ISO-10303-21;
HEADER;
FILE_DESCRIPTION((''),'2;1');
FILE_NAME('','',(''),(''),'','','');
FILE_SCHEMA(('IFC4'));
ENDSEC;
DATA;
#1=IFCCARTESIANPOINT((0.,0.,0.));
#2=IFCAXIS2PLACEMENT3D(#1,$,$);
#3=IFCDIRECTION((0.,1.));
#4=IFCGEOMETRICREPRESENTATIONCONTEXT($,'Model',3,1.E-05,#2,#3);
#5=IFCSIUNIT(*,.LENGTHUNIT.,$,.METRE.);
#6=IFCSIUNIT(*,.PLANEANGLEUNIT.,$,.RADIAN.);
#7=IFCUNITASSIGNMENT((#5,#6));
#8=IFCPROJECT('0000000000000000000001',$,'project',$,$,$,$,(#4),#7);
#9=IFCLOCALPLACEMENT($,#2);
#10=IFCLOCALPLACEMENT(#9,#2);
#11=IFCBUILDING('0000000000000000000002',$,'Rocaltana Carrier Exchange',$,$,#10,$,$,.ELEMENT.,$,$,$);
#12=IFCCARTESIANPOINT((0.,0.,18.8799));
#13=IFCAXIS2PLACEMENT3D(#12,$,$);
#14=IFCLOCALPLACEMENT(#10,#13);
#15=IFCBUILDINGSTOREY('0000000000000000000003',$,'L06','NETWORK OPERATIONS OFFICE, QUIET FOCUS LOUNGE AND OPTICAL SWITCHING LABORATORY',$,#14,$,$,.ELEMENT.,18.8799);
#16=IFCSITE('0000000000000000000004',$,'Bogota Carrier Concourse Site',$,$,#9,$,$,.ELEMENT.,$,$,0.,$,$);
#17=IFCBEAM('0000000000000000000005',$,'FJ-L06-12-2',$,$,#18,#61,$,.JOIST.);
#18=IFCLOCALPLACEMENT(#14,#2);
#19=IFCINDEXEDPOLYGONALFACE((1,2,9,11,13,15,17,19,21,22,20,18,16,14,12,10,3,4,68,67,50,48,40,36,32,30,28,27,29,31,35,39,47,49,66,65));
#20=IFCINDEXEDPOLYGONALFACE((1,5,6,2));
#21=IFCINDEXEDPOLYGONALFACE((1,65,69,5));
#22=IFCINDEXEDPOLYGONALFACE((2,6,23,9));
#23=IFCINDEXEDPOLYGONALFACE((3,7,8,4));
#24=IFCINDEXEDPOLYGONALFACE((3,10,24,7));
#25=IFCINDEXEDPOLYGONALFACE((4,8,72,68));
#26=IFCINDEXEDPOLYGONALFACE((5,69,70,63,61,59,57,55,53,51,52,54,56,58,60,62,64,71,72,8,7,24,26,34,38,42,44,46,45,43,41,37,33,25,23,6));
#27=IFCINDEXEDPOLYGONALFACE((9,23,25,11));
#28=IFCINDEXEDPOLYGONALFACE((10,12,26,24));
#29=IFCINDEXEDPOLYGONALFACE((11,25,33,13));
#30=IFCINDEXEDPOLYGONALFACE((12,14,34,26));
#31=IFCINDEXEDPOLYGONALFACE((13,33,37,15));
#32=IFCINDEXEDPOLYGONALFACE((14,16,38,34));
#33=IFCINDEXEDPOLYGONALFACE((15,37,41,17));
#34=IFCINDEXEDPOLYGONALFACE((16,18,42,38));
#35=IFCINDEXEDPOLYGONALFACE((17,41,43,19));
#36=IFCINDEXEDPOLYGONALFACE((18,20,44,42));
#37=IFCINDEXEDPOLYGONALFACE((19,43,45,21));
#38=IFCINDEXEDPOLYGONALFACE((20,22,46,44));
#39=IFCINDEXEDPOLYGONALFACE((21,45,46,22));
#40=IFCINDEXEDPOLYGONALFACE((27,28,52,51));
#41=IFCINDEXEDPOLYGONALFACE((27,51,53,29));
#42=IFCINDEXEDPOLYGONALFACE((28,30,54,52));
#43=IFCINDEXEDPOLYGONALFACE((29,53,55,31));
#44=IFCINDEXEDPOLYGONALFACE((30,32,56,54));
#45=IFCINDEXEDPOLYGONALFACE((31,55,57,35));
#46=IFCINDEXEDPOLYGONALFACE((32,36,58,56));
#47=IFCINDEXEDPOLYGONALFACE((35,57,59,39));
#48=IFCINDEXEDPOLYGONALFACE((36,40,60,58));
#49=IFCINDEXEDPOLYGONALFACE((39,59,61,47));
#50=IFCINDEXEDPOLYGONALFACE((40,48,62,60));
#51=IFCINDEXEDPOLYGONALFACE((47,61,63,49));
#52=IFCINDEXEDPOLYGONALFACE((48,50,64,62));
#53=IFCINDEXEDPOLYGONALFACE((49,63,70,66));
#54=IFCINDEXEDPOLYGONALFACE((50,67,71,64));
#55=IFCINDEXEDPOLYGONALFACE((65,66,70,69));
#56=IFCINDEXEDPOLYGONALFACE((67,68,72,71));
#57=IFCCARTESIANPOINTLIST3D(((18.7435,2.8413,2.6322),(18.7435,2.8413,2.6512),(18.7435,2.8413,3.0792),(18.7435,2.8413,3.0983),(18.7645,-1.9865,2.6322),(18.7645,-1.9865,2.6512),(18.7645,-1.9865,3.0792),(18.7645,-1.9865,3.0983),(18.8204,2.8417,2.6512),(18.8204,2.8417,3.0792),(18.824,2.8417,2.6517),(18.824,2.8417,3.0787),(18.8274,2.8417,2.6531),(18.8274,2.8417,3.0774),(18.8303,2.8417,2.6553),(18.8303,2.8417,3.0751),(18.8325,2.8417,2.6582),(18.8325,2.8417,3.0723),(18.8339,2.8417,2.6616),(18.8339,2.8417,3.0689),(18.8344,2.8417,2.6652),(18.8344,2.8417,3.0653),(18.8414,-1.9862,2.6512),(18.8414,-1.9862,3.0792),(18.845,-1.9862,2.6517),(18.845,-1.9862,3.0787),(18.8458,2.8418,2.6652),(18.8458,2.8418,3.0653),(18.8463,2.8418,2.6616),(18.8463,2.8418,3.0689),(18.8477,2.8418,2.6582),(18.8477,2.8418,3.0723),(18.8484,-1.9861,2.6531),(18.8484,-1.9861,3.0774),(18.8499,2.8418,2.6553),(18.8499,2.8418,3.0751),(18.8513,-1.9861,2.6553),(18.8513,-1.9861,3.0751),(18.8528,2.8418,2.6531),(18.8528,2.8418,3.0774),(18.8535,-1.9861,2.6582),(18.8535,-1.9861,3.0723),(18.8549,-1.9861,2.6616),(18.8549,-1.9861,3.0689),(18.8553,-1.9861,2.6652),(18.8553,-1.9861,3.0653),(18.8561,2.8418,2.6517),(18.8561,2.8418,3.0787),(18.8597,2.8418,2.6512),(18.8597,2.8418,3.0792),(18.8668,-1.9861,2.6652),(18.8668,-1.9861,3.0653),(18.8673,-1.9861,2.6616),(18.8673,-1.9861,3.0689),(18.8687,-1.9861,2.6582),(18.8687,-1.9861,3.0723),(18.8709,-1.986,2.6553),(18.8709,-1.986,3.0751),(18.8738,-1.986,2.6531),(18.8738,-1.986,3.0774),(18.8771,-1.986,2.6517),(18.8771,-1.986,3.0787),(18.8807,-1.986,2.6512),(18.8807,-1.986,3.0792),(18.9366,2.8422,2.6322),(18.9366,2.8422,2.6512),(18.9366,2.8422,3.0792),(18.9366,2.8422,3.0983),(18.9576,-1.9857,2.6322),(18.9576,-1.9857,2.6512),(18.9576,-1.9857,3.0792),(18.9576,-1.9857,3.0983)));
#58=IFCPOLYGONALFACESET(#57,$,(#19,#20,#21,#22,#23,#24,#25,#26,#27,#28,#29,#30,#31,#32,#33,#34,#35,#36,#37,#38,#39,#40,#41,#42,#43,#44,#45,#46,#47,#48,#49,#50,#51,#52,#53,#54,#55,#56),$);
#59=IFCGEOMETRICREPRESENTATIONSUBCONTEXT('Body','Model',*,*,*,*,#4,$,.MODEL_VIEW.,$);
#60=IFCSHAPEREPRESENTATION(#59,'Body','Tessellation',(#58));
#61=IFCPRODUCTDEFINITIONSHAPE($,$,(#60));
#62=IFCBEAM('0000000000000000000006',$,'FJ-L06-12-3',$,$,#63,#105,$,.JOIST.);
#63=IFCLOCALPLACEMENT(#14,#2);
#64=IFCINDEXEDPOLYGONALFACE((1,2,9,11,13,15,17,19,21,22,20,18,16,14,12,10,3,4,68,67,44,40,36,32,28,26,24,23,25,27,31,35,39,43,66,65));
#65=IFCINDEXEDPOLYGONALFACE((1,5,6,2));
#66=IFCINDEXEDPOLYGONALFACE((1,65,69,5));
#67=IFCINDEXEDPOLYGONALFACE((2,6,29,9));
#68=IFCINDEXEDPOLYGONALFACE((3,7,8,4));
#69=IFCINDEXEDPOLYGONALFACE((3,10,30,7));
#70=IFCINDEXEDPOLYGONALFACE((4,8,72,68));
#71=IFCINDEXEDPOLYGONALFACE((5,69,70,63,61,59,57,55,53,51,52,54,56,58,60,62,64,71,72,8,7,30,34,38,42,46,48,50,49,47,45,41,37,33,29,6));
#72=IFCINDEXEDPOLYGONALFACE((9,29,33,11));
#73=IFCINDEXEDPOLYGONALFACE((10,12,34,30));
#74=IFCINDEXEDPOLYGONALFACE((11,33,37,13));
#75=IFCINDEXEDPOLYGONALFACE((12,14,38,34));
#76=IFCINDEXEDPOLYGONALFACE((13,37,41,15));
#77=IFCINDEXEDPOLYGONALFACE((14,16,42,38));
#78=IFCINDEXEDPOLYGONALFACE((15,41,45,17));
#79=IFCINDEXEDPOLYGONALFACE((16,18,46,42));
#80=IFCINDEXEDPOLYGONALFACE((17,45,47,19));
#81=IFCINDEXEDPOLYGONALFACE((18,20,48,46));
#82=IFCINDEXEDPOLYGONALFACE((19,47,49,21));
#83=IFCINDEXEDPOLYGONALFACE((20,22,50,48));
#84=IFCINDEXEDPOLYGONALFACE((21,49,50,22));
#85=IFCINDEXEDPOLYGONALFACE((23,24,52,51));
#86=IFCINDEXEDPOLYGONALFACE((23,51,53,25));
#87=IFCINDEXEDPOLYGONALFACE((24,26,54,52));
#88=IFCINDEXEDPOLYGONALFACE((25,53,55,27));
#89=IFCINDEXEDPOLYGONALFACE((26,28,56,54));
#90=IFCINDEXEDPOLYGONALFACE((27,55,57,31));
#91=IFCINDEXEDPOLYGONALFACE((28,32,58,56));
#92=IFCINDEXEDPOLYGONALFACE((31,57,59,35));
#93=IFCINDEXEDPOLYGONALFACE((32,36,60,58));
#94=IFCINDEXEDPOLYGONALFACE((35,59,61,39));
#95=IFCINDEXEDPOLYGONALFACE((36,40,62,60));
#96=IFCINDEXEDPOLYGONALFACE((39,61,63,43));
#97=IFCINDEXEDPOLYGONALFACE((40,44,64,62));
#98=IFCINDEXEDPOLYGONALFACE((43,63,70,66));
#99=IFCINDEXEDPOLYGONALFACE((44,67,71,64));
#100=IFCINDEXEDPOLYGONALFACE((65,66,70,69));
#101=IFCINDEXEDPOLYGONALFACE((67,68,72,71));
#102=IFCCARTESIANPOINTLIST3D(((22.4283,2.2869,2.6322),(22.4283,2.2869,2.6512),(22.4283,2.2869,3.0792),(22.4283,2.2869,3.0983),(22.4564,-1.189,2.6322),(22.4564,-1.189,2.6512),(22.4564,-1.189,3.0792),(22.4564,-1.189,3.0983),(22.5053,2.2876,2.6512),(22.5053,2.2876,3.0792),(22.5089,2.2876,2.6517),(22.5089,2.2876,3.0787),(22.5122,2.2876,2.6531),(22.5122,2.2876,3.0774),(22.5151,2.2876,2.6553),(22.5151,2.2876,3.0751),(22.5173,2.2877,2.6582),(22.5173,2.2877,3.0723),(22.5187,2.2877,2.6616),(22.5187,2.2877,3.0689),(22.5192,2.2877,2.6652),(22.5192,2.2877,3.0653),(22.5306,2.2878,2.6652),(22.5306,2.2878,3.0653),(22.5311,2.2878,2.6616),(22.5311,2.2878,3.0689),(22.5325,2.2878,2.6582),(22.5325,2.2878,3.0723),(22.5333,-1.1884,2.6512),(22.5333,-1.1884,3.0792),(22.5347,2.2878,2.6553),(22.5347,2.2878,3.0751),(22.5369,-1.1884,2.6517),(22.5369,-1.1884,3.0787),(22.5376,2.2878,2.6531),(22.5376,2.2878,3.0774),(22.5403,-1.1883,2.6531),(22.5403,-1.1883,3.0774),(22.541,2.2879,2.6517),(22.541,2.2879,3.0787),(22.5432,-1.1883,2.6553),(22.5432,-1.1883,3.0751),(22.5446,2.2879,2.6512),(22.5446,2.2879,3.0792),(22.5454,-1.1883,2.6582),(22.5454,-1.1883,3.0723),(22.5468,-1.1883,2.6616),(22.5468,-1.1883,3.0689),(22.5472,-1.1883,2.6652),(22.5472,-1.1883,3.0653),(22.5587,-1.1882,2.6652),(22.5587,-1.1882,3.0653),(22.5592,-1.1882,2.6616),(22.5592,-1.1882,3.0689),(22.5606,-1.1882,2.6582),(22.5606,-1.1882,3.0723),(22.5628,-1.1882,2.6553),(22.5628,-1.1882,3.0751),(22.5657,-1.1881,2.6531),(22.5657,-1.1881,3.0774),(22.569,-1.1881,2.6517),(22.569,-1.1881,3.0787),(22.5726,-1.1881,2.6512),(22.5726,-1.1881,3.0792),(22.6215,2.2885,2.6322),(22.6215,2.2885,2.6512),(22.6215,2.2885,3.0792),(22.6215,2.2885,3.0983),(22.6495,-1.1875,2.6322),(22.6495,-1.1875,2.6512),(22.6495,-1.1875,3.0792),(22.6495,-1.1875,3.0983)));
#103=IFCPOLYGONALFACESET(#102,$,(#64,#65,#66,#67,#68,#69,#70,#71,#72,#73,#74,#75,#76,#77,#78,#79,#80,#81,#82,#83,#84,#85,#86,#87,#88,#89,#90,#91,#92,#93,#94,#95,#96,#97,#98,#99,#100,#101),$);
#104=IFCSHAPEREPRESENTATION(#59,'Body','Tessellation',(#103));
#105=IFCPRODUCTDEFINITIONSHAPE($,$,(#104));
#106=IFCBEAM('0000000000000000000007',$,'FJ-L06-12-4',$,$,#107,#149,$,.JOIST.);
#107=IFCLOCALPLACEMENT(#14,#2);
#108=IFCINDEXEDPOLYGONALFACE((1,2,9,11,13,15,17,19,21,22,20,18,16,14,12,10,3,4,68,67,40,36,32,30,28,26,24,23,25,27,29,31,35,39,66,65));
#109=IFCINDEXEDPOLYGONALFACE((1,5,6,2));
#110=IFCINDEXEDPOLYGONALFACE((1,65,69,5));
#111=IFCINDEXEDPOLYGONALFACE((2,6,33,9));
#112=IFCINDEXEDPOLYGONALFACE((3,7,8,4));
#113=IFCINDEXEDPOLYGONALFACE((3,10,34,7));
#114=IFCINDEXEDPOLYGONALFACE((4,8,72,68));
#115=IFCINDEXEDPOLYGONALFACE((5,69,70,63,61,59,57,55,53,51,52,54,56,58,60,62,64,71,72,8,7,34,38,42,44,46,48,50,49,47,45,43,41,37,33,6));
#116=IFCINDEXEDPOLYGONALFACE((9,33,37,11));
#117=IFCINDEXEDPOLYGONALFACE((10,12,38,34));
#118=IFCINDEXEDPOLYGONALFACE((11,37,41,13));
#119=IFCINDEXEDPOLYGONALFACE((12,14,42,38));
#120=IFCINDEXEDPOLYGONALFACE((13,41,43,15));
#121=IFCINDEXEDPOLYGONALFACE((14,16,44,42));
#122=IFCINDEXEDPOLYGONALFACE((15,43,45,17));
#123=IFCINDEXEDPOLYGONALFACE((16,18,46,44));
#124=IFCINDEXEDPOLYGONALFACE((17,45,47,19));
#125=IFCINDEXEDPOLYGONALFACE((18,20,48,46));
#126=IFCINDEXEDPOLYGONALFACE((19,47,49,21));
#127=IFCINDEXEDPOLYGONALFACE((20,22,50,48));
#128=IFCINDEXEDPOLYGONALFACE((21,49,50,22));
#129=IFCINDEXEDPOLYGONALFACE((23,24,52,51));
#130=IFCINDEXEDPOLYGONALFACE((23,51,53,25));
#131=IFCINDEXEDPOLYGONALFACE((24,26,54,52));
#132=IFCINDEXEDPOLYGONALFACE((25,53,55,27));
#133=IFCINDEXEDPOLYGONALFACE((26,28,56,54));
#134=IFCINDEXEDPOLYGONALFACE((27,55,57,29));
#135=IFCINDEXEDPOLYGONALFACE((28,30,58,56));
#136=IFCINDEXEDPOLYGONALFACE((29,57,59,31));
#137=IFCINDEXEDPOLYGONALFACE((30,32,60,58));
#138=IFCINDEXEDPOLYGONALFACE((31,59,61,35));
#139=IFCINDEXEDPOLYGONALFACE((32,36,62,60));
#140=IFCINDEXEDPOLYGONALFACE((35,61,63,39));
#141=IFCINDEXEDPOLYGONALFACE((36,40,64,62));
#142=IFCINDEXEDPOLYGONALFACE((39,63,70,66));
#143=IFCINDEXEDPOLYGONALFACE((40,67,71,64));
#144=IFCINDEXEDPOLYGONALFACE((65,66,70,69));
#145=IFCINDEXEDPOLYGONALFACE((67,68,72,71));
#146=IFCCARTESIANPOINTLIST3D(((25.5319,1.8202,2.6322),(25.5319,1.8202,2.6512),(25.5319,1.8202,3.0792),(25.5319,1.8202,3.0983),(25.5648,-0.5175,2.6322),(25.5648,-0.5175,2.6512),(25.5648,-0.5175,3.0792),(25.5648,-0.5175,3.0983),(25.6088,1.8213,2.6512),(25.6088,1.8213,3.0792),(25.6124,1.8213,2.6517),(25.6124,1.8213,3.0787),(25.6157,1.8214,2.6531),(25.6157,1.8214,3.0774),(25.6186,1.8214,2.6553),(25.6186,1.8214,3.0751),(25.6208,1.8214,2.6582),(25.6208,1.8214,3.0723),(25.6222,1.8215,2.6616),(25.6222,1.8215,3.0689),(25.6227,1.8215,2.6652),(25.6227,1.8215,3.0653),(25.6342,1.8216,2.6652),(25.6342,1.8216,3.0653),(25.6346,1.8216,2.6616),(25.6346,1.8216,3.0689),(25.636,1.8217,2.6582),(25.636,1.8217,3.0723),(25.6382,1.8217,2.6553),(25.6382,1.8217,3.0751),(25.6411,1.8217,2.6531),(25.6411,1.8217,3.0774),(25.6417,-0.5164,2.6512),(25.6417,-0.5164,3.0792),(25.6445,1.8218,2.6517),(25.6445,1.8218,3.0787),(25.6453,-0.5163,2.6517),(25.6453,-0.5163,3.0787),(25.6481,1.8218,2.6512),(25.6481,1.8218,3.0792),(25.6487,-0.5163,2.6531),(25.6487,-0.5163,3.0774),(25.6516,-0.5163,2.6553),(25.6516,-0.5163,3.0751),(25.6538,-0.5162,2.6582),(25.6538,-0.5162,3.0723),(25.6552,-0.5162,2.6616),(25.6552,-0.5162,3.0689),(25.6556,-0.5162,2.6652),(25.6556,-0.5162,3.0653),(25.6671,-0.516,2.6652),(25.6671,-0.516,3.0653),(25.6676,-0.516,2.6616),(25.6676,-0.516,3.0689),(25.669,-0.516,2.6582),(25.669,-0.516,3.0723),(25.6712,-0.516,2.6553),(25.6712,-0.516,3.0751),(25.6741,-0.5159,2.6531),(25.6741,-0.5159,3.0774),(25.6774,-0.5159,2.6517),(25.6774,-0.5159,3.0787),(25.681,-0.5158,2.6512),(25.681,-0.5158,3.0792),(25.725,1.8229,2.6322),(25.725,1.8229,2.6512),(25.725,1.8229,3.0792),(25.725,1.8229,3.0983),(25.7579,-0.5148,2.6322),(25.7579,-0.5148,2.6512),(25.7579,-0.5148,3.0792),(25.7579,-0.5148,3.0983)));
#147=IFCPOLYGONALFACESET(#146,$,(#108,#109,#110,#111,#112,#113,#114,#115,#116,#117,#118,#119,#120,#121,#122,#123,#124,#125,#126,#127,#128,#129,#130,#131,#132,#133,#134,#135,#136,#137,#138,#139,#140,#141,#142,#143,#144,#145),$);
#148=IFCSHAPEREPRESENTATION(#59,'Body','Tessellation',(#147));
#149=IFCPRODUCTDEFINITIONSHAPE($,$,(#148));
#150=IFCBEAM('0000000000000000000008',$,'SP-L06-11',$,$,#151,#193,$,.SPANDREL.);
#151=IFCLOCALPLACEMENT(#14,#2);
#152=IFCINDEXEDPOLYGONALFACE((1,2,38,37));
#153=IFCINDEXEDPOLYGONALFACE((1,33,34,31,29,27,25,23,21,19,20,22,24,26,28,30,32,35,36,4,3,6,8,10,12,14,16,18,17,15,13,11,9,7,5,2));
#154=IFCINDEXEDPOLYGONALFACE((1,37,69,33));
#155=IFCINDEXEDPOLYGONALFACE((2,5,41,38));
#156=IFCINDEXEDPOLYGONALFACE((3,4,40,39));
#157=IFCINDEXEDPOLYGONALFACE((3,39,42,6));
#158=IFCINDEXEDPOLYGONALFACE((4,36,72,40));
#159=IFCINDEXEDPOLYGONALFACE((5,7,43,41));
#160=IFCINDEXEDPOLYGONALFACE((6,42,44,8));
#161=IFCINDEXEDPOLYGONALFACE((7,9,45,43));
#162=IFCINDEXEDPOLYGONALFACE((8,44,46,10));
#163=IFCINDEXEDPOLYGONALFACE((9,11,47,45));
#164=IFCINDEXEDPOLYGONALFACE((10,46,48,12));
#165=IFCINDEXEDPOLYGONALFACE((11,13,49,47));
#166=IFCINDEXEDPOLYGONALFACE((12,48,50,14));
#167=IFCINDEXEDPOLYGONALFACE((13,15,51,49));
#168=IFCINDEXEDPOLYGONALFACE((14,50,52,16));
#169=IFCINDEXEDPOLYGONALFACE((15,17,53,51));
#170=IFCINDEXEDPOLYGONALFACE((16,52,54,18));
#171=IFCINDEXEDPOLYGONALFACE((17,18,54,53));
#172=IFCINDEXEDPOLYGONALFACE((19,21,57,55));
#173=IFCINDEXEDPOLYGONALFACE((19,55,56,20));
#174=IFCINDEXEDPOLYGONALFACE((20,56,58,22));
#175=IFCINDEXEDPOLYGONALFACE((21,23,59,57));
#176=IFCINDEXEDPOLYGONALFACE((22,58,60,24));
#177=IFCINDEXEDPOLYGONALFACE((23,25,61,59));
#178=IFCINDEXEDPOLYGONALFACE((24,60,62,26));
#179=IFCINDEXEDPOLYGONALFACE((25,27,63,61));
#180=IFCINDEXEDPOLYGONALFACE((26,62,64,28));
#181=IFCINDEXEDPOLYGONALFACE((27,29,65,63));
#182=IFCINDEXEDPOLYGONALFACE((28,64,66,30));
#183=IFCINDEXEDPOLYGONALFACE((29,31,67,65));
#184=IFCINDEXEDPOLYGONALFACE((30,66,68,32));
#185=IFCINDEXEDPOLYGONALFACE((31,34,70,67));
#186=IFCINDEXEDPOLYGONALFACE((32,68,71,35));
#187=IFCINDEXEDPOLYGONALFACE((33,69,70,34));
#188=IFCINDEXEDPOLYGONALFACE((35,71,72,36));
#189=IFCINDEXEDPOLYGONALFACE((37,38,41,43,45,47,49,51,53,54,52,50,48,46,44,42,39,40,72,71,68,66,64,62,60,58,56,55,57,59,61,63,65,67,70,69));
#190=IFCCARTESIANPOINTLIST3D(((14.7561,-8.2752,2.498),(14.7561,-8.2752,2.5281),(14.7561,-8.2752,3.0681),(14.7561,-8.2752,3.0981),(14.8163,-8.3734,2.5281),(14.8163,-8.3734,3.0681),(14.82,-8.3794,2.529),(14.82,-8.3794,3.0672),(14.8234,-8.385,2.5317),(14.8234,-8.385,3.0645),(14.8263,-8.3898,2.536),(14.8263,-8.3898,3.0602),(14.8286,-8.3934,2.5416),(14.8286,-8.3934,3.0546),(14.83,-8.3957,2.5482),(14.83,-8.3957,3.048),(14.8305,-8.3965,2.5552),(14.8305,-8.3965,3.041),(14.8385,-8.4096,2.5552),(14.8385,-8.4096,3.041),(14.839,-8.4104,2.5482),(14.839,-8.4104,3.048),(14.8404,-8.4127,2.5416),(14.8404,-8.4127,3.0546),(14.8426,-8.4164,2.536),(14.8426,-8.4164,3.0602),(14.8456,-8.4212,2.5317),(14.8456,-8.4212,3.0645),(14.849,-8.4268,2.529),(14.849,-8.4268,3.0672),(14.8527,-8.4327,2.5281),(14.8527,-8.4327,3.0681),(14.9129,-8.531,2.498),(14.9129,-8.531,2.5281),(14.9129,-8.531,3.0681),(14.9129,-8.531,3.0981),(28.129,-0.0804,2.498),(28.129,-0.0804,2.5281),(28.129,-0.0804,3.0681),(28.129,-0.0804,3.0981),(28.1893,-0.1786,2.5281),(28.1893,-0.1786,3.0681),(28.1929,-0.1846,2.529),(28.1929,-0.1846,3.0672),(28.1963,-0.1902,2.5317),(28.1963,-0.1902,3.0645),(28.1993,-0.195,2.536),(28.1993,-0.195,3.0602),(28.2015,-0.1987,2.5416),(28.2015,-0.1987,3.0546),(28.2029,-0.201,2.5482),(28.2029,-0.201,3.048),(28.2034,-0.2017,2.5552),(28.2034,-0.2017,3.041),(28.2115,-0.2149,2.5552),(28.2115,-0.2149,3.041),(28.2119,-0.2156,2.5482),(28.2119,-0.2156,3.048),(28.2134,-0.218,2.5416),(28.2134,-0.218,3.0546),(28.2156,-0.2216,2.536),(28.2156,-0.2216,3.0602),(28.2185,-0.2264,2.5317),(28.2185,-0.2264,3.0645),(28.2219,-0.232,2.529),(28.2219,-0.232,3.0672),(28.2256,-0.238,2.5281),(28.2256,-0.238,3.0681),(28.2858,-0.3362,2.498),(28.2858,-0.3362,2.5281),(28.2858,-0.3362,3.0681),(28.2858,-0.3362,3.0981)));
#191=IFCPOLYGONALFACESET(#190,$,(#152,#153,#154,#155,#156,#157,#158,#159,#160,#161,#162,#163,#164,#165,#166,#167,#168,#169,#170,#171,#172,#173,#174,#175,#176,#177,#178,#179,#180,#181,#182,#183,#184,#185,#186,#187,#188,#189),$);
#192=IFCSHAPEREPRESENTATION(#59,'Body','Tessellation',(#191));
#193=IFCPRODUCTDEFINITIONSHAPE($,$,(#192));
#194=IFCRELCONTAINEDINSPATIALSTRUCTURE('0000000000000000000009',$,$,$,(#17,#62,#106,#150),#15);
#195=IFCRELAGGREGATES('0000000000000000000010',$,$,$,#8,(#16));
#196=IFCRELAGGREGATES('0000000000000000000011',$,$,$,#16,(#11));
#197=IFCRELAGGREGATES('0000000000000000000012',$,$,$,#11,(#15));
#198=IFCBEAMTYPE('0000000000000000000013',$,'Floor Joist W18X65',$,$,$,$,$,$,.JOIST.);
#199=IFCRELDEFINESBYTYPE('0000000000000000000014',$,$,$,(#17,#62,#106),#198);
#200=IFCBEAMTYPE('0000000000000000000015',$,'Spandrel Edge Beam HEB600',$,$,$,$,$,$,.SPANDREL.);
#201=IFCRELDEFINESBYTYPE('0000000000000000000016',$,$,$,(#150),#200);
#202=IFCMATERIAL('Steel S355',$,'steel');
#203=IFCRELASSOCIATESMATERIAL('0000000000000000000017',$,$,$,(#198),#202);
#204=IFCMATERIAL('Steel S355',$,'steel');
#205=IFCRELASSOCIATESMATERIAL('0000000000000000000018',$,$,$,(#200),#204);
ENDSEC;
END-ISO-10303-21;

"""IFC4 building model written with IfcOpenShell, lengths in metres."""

from ifc_helpers import new_model, si_unit, direction, frame, origin, origin_2d, place, context, subcontext, project, spatial, i_section, extrude, material, material_profile, profile_set, type_object, element, save


model = new_model("IFC4")

# Units and contexts
model_context = context("Model", 3, precision=1e-05, world=origin(), true_north=direction((0.0, 1.0)))
body_context = subcontext(model_context, "Body", "Model", "MODEL_VIEW")
ifc_project = project(units=[si_unit("LENGTHUNIT", "METRE"), si_unit("PLANEANGLEUNIT", "RADIAN")], contexts=[model_context])

# Site, building, storey
site_placement = place(None, origin())
site = spatial("IfcSite", under=ifc_project, at=site_placement, Name="Bogota Carrier Concourse Site", CompositionType="ELEMENT", RefElevation=0.0)
building_placement = place(site_placement, origin())
building = spatial("IfcBuilding", under=site, at=building_placement, Name="Rocaltana Carrier Exchange", CompositionType="ELEMENT")
storey_placement = place(building_placement, frame((0.0, 0.0, 18.8799)))
storey = spatial("IfcBuildingStorey", under=building, at=storey_placement, Name="L06", Description="NETWORK OPERATIONS OFFICE, QUIET FOCUS LOUNGE AND OPTICAL SWITCHING LABORATORY", CompositionType="ELEMENT", Elevation=18.8799)

# Beams
ifc_material_1 = material(Name="Steel S355", Category="steel")
ifc_material_profile_1 = material_profile(ifc_material_1, i_section(OverallWidth=0.1931, OverallDepth=0.4661, WebThickness=0.0115, FlangeThickness=0.019, FilletRadius=0.0139, at=origin_2d()), Name="W18X65")
ifc_profile_set_1 = profile_set([ifc_material_profile_1], Name="Steel S355")
beam_type_1 = type_object("IfcBeamType", Name="Floor Joist W18X65", PredefinedType="JOIST", material=ifc_profile_set_1)
beam_1_placement = place(storey_placement, frame((18.8611, -1.9861, 2.8652), z_axis=(-0.004349, 0.999991, 0.0), x_axis=(-0.999991, -0.004349, 0.0)))
element("IfcBeam", 1, at=beam_1_placement, inside=storey, type_object=beam_type_1, Name="FJ-L06-12-2", PredefinedType="JOIST", context=body_context, shape_type="SweptSolid", body=[
    extrude(i_section(OverallWidth=0.1931, OverallDepth=0.4661, WebThickness=0.0115, FlangeThickness=0.019, FilletRadius=0.0139, at=origin_2d()), origin(), (0.0, 0.0, 1.0), 4.8279),
])
beam_2_placement = place(storey_placement, frame((22.553, -1.1882, 2.8652), z_axis=(-0.008077, 0.999967, 0.0), x_axis=(-0.999967, -0.008077, 0.0)))
element("IfcBeam", 2, at=beam_2_placement, inside=storey, type_object=beam_type_1, Name="FJ-L06-12-3", PredefinedType="JOIST", context=body_context, shape_type="SweptSolid", body=[
    extrude(i_section(OverallWidth=0.1931, OverallDepth=0.4661, WebThickness=0.0115, FlangeThickness=0.019, FilletRadius=0.0139, at=origin_2d()), origin(), (0.0, 0.0, 1.0), 3.4761),
])
beam_3_placement = place(storey_placement, frame((25.6614, -0.5161, 2.8652), z_axis=(-0.014098, 0.999901, 0.0), x_axis=(-0.999901, -0.014098, 0.0)))
element("IfcBeam", 3, at=beam_3_placement, inside=storey, type_object=beam_type_1, Name="FJ-L06-12-4", PredefinedType="JOIST", context=body_context, shape_type="SweptSolid", body=[
    extrude(i_section(OverallWidth=0.1931, OverallDepth=0.4661, WebThickness=0.0115, FlangeThickness=0.019, FilletRadius=0.0139, at=origin_2d()), origin(), (0.0, 0.0, 1.0), 2.3379),
])
ifc_material_2 = material(Name="Steel S355", Category="steel")
ifc_material_profile_2 = material_profile(ifc_material_2, i_section(OverallWidth=0.3, OverallDepth=0.6001, WebThickness=0.0154, FlangeThickness=0.03, FilletRadius=0.0271, at=origin_2d()), Name="HEB600")
ifc_profile_set_2 = profile_set([ifc_material_profile_2], Name="Steel S355")
beam_type_2 = type_object("IfcBeamType", Name="Spandrel Edge Beam HEB600", PredefinedType="SPANDREL", material=ifc_profile_set_2)
beam_4_placement = place(storey_placement, frame((14.8345, -8.4031, 2.7981), z_axis=(0.852646, 0.52249, 0.0), x_axis=(-0.52249, 0.852646, 0.0)))
element("IfcBeam", 4, at=beam_4_placement, inside=storey, type_object=beam_type_2, Name="SP-L06-11", PredefinedType="SPANDREL", context=body_context, shape_type="SweptSolid", body=[
    extrude(i_section(OverallWidth=0.3, OverallDepth=0.6001, WebThickness=0.0154, FlangeThickness=0.03, FilletRadius=0.0271, at=origin_2d()), origin(), (0.0, 0.0, 1.0), 15.6841),
])

save(model, "model.ifc")
